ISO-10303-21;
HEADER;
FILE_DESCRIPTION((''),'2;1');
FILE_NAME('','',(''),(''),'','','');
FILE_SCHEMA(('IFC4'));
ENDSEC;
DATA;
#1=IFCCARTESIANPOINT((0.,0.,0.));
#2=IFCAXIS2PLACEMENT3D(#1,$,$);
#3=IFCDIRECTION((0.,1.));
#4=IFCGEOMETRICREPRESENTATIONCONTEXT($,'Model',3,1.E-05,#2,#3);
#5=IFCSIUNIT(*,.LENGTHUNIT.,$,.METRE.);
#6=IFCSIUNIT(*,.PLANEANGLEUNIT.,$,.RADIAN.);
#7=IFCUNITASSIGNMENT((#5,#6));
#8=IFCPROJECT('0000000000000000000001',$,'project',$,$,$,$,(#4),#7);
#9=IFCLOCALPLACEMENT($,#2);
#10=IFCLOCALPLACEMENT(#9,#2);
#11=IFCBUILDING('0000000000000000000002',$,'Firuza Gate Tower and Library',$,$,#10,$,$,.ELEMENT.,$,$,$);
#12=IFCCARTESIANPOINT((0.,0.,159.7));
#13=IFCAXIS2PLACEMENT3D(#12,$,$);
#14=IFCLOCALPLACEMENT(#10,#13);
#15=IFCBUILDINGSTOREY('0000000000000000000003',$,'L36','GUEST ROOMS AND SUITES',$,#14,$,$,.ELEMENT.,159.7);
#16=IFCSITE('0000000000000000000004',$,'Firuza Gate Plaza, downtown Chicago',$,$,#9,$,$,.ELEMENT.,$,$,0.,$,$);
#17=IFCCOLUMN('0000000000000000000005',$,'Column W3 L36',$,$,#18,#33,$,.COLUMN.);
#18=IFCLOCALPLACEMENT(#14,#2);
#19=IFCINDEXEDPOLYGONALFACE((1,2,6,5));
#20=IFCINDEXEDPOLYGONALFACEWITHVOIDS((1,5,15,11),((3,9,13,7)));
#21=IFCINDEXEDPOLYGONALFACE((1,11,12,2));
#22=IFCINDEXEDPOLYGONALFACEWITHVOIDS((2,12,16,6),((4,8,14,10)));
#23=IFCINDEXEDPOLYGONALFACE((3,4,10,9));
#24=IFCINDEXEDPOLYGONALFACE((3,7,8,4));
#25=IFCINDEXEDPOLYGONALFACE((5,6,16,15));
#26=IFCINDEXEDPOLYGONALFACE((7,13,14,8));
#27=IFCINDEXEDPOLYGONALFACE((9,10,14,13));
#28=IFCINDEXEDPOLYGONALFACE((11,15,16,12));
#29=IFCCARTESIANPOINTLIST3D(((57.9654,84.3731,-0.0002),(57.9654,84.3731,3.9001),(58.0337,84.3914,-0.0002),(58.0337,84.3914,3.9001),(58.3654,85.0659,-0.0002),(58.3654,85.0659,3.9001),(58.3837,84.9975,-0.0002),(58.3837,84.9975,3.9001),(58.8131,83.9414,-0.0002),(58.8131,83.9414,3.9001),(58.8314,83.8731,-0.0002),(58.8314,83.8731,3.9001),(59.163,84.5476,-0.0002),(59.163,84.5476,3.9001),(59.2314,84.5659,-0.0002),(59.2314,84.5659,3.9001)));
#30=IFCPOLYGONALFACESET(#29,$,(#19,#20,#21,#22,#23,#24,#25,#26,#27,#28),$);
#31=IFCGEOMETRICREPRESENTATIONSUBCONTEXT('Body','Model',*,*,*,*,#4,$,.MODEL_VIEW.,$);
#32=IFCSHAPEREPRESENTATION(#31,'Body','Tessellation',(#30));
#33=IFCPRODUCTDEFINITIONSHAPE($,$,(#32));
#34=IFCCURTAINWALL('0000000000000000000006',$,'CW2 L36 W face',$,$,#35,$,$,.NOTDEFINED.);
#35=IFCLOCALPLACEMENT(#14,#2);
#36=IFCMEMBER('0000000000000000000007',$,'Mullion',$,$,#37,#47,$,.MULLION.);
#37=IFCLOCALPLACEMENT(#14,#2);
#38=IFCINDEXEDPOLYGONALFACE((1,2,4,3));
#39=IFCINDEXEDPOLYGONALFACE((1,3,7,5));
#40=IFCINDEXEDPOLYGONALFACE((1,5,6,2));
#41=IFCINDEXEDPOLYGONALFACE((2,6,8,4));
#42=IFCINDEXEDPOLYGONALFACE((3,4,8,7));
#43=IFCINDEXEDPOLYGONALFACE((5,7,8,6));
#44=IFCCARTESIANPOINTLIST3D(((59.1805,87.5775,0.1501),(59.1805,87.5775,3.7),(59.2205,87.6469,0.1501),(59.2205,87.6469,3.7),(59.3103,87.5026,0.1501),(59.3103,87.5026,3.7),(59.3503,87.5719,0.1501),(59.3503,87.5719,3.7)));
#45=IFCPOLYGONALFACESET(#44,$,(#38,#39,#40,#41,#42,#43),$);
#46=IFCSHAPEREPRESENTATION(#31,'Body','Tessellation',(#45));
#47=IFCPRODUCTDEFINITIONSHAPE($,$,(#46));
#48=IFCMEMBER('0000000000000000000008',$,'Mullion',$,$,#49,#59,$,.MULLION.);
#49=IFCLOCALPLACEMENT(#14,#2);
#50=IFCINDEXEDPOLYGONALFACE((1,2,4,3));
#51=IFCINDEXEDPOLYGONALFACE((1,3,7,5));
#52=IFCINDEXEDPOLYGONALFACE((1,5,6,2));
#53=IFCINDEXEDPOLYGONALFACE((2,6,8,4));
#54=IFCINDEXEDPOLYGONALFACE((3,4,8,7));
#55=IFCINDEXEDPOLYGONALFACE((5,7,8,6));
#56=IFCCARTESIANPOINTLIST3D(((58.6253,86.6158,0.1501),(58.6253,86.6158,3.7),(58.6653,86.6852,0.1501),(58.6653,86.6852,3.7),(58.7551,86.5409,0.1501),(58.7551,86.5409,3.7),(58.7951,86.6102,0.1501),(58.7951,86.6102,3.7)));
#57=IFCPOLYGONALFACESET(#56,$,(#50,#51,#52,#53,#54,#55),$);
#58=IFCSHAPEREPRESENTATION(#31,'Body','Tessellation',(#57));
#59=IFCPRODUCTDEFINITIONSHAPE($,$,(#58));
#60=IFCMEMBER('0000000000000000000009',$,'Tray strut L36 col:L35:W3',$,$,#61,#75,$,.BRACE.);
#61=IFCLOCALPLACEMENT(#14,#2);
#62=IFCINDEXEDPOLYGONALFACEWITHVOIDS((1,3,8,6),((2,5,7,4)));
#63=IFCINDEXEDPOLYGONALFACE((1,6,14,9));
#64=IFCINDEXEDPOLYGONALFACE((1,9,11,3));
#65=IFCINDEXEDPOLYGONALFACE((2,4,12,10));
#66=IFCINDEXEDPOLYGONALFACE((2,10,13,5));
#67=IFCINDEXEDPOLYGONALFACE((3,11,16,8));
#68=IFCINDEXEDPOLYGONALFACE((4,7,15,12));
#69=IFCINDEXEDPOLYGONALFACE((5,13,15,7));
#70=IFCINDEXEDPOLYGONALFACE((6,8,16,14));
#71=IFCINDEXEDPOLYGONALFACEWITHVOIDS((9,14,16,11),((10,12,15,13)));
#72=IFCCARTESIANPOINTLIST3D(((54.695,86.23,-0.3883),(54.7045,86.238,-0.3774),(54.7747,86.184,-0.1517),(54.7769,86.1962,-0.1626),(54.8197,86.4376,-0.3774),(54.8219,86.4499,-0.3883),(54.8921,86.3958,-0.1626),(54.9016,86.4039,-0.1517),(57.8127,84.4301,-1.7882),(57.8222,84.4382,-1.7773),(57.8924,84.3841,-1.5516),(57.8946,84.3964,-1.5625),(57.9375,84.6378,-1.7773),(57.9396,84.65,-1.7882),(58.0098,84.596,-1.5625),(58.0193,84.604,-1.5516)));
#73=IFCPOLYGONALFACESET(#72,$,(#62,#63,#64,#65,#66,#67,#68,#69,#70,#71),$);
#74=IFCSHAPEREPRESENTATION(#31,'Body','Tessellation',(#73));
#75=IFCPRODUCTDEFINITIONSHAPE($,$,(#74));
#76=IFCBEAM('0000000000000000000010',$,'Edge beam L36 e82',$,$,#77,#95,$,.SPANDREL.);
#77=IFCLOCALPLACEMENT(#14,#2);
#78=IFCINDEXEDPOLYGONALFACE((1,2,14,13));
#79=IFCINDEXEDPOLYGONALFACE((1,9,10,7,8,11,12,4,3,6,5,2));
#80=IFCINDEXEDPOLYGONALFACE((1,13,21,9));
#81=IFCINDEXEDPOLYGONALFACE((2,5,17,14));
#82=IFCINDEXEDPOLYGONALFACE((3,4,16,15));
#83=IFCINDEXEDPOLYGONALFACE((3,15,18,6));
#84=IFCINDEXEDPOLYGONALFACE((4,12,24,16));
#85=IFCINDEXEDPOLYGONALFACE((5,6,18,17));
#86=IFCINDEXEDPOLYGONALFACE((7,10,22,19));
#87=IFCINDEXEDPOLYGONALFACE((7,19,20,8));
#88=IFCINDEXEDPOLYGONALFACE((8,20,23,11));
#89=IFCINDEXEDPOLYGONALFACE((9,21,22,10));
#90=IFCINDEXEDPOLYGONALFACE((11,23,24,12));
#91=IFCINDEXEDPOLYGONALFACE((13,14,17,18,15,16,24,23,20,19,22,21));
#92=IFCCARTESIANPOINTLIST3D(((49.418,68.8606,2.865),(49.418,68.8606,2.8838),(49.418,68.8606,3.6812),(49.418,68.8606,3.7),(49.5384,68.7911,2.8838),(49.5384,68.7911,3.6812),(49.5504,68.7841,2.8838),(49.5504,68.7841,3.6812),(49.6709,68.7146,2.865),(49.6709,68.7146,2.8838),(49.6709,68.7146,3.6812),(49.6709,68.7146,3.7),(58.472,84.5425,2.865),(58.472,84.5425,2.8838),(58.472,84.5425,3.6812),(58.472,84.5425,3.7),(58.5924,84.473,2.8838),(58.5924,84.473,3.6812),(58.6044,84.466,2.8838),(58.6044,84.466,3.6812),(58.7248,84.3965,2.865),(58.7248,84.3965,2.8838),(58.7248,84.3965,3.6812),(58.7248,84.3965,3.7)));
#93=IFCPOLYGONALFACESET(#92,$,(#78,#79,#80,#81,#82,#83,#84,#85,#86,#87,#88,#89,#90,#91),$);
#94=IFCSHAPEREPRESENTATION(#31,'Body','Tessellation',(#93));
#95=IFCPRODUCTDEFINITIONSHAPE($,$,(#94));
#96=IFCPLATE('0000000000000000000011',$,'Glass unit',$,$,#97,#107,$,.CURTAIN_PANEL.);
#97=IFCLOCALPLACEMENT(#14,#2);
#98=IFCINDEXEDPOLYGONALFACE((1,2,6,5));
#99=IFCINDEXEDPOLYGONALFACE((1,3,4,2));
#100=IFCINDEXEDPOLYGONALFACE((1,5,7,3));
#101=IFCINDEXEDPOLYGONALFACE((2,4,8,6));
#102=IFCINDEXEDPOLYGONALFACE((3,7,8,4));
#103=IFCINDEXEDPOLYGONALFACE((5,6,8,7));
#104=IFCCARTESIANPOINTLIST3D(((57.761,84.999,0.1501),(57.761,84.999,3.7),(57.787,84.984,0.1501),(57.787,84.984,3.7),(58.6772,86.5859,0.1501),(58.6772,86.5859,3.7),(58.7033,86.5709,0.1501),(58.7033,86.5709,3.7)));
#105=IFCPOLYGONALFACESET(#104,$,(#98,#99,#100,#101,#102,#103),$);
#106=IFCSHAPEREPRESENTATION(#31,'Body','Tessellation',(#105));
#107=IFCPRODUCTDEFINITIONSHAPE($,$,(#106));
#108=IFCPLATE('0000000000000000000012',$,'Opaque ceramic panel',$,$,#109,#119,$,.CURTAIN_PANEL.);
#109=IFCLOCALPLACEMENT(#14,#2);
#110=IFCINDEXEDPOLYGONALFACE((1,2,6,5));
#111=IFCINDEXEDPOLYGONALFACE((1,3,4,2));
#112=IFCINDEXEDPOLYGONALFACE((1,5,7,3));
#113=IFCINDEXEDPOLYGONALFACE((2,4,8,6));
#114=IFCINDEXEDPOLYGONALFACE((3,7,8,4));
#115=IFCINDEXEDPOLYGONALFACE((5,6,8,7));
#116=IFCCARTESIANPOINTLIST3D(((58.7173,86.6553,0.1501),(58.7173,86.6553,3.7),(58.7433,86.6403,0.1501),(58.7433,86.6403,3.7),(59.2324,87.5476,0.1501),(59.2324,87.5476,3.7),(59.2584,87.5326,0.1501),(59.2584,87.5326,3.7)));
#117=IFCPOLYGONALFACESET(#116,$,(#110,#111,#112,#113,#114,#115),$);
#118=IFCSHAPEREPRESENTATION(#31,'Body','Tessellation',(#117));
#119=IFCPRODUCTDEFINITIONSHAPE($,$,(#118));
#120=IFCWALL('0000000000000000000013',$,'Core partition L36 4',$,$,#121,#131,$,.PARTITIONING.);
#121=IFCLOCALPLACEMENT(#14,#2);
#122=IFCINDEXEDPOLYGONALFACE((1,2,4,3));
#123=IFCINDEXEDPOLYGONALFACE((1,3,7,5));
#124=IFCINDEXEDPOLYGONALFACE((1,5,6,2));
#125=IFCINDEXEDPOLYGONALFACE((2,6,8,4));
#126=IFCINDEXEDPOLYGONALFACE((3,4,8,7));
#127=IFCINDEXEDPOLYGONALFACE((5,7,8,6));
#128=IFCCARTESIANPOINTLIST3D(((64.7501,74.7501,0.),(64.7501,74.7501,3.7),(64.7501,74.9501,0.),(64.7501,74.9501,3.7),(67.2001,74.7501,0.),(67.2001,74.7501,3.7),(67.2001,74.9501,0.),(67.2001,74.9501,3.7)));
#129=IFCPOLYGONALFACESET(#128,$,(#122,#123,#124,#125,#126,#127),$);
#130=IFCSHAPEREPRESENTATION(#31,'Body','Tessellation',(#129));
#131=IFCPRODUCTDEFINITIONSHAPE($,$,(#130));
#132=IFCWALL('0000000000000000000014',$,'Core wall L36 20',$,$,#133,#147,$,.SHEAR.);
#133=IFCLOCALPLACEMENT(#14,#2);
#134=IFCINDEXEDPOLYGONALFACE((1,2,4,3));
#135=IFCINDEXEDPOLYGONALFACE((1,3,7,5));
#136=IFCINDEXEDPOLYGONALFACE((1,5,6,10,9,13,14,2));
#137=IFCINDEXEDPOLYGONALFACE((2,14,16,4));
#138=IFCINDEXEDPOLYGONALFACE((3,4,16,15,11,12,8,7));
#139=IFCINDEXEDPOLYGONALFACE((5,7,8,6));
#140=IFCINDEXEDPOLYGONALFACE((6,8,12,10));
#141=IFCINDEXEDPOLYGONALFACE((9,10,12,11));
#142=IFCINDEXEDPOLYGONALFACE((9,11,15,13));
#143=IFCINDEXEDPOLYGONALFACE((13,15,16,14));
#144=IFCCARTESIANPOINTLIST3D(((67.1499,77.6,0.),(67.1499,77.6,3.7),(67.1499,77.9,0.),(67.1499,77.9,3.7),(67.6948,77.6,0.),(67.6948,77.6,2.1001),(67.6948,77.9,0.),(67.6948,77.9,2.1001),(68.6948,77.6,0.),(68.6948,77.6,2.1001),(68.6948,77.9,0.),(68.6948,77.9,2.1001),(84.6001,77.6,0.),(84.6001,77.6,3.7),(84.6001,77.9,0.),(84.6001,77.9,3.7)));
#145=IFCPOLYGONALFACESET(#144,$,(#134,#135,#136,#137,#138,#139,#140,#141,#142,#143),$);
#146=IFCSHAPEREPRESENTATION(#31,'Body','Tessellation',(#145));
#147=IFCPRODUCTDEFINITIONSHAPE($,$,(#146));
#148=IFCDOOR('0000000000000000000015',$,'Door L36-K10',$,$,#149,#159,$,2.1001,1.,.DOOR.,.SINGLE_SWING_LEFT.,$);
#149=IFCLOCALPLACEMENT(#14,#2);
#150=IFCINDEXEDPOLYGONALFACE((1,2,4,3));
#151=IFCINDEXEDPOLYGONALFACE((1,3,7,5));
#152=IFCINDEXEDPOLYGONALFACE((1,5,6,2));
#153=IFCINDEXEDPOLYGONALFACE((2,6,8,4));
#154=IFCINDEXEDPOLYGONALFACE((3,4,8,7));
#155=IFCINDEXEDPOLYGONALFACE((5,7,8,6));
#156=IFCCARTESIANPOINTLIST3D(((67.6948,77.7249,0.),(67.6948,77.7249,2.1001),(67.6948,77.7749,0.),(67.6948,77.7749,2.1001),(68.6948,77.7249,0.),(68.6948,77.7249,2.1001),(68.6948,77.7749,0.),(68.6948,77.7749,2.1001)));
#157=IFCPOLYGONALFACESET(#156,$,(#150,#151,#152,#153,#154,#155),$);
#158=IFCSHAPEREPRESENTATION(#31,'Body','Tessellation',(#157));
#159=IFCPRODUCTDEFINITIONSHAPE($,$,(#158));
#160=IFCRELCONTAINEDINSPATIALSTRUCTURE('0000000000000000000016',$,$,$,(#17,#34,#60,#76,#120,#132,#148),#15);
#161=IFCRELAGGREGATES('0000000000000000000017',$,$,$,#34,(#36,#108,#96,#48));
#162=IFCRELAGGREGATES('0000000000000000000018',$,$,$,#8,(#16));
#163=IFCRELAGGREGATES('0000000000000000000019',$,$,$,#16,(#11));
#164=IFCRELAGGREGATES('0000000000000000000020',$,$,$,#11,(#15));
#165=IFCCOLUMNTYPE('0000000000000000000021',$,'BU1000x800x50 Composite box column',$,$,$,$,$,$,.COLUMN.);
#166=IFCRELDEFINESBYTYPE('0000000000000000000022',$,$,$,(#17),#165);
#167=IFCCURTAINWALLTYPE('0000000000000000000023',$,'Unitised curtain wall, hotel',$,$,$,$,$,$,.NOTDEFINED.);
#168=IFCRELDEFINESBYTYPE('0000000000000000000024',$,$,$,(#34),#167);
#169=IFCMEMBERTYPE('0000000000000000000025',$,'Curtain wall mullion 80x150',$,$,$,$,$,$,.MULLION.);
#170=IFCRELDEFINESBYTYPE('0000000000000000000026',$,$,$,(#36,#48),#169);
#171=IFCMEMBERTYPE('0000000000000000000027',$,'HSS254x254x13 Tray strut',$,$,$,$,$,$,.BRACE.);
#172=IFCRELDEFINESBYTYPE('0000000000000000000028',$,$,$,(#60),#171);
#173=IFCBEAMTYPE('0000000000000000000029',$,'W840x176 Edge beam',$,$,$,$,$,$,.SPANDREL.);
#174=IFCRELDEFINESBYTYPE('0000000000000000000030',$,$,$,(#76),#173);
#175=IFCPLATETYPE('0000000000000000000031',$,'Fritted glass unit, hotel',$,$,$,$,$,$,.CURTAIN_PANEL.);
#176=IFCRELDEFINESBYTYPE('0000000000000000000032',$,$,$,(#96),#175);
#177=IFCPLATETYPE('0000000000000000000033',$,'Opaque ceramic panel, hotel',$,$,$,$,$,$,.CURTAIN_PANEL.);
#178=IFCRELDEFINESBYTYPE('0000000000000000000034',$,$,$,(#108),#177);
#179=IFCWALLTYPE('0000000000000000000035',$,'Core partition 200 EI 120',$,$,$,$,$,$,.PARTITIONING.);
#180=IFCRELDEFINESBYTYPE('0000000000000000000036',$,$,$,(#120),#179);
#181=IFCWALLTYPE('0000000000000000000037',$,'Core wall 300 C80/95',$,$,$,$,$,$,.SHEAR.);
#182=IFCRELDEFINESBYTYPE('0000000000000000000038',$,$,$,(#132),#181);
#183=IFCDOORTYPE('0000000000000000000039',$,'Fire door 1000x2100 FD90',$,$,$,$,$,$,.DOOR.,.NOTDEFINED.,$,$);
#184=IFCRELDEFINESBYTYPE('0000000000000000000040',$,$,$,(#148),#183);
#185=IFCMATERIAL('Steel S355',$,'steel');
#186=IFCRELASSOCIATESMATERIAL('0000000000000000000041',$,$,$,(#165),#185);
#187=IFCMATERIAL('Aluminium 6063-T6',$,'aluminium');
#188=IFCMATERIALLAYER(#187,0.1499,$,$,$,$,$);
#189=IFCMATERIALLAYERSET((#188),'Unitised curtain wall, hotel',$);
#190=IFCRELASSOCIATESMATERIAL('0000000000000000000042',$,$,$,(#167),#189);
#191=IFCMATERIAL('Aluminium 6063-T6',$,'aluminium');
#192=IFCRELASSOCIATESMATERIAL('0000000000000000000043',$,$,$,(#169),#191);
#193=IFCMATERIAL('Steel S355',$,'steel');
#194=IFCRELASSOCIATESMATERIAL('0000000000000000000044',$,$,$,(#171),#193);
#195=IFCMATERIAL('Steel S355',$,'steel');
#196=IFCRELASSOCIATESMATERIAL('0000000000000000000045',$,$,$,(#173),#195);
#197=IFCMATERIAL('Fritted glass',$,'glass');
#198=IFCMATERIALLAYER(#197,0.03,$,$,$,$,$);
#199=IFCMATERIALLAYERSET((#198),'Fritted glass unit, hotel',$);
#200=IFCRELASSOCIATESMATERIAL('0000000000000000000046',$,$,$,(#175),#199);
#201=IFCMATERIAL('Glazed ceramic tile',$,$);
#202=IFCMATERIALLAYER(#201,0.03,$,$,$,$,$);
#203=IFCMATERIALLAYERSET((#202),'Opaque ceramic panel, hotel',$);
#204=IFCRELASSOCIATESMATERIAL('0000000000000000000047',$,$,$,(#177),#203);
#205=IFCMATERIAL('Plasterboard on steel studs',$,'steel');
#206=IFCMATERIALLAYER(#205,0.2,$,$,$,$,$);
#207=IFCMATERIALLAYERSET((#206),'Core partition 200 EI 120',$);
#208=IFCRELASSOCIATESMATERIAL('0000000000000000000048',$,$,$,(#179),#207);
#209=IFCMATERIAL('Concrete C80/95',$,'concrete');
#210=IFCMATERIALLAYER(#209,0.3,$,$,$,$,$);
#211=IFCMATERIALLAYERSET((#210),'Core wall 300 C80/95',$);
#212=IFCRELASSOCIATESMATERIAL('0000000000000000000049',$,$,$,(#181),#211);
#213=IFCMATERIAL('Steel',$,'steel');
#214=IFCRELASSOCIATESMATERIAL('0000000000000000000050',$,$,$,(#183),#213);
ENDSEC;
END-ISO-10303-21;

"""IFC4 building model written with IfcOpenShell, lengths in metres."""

from ifc_helpers import new_model, si_unit, direction, frame, frame_2d, origin, origin_2d, place, context, subcontext, project, spatial, polyline, rectangle, hollow_rectangle, i_section, outline, extrude, material, layer, layer_set, material_profile, profile_set, type_object, element, fill, aggregate, save


model = new_model("IFC4")

# Units and contexts
model_context = context("Model", 3, precision=1e-05, world=origin(), true_north=direction((0.0, 1.0)))
body_context = subcontext(model_context, "Body", "Model", "MODEL_VIEW")
ifc_project = project(units=[si_unit("LENGTHUNIT", "METRE"), si_unit("PLANEANGLEUNIT", "RADIAN")], contexts=[model_context])

# Site, building, storey
site_placement = place(None, origin())
site = spatial("IfcSite", under=ifc_project, at=site_placement, Name="Firuza Gate Plaza, downtown Chicago", CompositionType="ELEMENT", RefElevation=0.0)
building_placement = place(site_placement, origin())
building = spatial("IfcBuilding", under=site, at=building_placement, Name="Firuza Gate Tower and Library", CompositionType="ELEMENT")
storey_placement = place(building_placement, frame((0.0, 0.0, 159.7)))
storey = spatial("IfcBuildingStorey", under=building, at=storey_placement, Name="L36", Description="GUEST ROOMS AND SUITES", CompositionType="ELEMENT", Elevation=159.7)

# Column
ifc_material_1 = material(Name="Steel S355", Category="steel")
ifc_material_profile_1 = material_profile(ifc_material_1, hollow_rectangle(XDim=0.8, YDim=1.0, WallThickness=0.05, at=origin_2d()))
ifc_profile_set_1 = profile_set([ifc_material_profile_1], Name="Steel S355")
column_type = type_object("IfcColumnType", Name="BU1000x800x50 Composite box column", PredefinedType="COLUMN", material=ifc_profile_set_1)
column_placement = place(storey_placement, frame((58.5984, 84.4695, -0.0002), z_axis=(0.0, 0.0, 1.0), x_axis=(-0.5, -0.866025, 0.0)))
element("IfcColumn", 1, at=column_placement, inside=storey, type_object=column_type, Name="Column W3 L36", PredefinedType="COLUMN", context=body_context, shape_type="SweptSolid", body=[
    extrude(hollow_rectangle(XDim=0.8, YDim=1.0, WallThickness=0.05, at=origin_2d()), origin(), (0.0, 0.0, 1.0), 3.9004),
])

# Curtain wall, members
ifc_material_2 = material(Name="Aluminium 6063-T6", Category="aluminium")
ifc_layer_1 = layer(ifc_material_2, 0.1499)
ifc_layer_set_1 = layer_set([ifc_layer_1], Name="Unitised curtain wall, hotel")
curtain_wall_type = type_object("IfcCurtainWallType", Name="Unitised curtain wall, hotel", PredefinedType="NOTDEFINED", material=ifc_layer_set_1)
curtain_wall_placement = place(storey_placement, origin())
curtain_wall = element("IfcCurtainWall", 2, at=curtain_wall_placement, inside=storey, type_object=curtain_wall_type, Name="CW2 L36 W face", PredefinedType="NOTDEFINED")
ifc_material_3 = material(Name="Aluminium 6063-T6", Category="aluminium")
ifc_material_profile_2 = material_profile(ifc_material_3, rectangle(XDim=0.1499, YDim=0.0801, at=origin_2d()))
ifc_profile_set_2 = profile_set([ifc_material_profile_2], Name="Aluminium 6063-T6")
member_type_1 = type_object("IfcMemberType", Name="Curtain wall mullion 80x150", PredefinedType="MULLION", material=ifc_profile_set_2)
member_1_placement = place(storey_placement, frame((59.2654, 87.5747, 0.1501), z_axis=(0.0, 0.0, 1.0), x_axis=(0.866025, -0.5, 0.0)))
member_1 = element("IfcMember", 3, at=member_1_placement, type_object=member_type_1, Name="Mullion", PredefinedType="MULLION", context=body_context, shape_type="SweptSolid", body=[
    extrude(rectangle(XDim=0.1499, YDim=0.0801, at=origin_2d()), origin(), (0.0, 0.0, 1.0), 3.5498),
])
member_2_placement = place(storey_placement, frame((58.7102, 86.613, 0.1501), z_axis=(0.0, 0.0, 1.0), x_axis=(0.866025, -0.5, 0.0)))
member_2 = element("IfcMember", 4, at=member_2_placement, type_object=member_type_1, Name="Mullion", PredefinedType="MULLION", context=body_context, shape_type="SweptSolid", body=[
    extrude(rectangle(XDim=0.1499, YDim=0.0801, at=origin_2d()), origin(), (0.0, 0.0, 1.0), 3.5498),
])

# Member
ifc_material_4 = material(Name="Steel S355", Category="steel")
ifc_material_profile_3 = material_profile(ifc_material_4, hollow_rectangle(XDim=0.2539, YDim=0.2539, WallThickness=0.0117, at=origin_2d()))
ifc_profile_set_3 = profile_set([ifc_material_profile_3], Name="Steel S355")
member_type_2 = type_object("IfcMemberType", Name="HSS254x254x13 Tray strut", PredefinedType="BRACE", material=ifc_profile_set_3)
member_3_placement = place(storey_placement, frame((57.916, 84.5171, -1.6699), z_axis=(-0.807165, 0.465969, 0.362434), x_axis=(-0.499961, -0.866048, 0.0)))
element("IfcMember", 5, at=member_3_placement, inside=storey, type_object=member_type_2, Name="Tray strut L36 col:L35:W3", PredefinedType="BRACE", context=body_context, shape_type="SweptSolid", body=[
    extrude(hollow_rectangle(XDim=0.2539, YDim=0.2539, WallThickness=0.0117, at=origin_2d()), origin(), (0.0, 0.0, 1.0), 3.8625),
])

# Beam
ifc_material_5 = material(Name="Steel S355", Category="steel")
ifc_material_profile_4 = material_profile(ifc_material_5, i_section(OverallWidth=0.292, OverallDepth=0.835, WebThickness=0.0139, FlangeThickness=0.0188, at=origin_2d()))
ifc_profile_set_4 = profile_set([ifc_material_profile_4], Name="Steel S355")
beam_type = type_object("IfcBeamType", Name="W840x176 Edge beam", PredefinedType="SPANDREL", material=ifc_profile_set_4)
beam_placement = place(storey_placement, frame((58.5984, 84.4695, 3.2825), z_axis=(-0.500001, -0.866025, 0.0), x_axis=(0.866025, -0.500001, 0.0)))
element("IfcBeam", 6, at=beam_placement, inside=storey, type_object=beam_type, Name="Edge beam L36 e82", PredefinedType="SPANDREL", context=body_context, shape_type="SweptSolid", body=[
    extrude(i_section(OverallWidth=0.292, OverallDepth=0.835, WebThickness=0.0139, FlangeThickness=0.0188, at=origin_2d()), origin(), (0.0, 0.0, 1.0), 18.1079),
])

# Plates
ifc_material_6 = material(Name="Fritted glass", Category="glass")
ifc_layer_2 = layer(ifc_material_6, 0.03)
ifc_layer_set_2 = layer_set([ifc_layer_2], Name="Fritted glass unit, hotel")
plate_type_1 = type_object("IfcPlateType", Name="Fritted glass unit, hotel", PredefinedType="CURTAIN_PANEL", material=ifc_layer_set_2)
plate_1_placement = place(storey_placement, frame((58.6772, 86.5859, 0.1501), z_axis=(-0.866013, 0.500022, 0.0), x_axis=(-0.500022, -0.866013, 0.0)))
plate_1 = element("IfcPlate", 7, at=plate_1_placement, type_object=plate_type_1, Name="Glass unit", PredefinedType="CURTAIN_PANEL", context=body_context, shape_type="SweptSolid", body=[
    extrude(outline(polyline([(0.0, 0.0), (1.8324, 0.0), (1.8324, 3.5498), (0.0, 3.5498), (0.0, 0.0)])), origin(), (0.0, 0.0, -1.0), 0.03),
])
ifc_material_7 = material(Name="Glazed ceramic tile")
ifc_layer_3 = layer(ifc_material_7, 0.03)
ifc_layer_set_3 = layer_set([ifc_layer_3], Name="Opaque ceramic panel, hotel")
plate_type_2 = type_object("IfcPlateType", Name="Opaque ceramic panel, hotel", PredefinedType="CURTAIN_PANEL", material=ifc_layer_set_3)
plate_2_placement = place(storey_placement, frame((59.2324, 87.5476, 0.1501), z_axis=(-0.866047, 0.499962, 0.0), x_axis=(-0.499962, -0.866047, 0.0)))
plate_2 = element("IfcPlate", 8, at=plate_2_placement, type_object=plate_type_2, Name="Opaque ceramic panel", PredefinedType="CURTAIN_PANEL", context=body_context, shape_type="SweptSolid", body=[
    extrude(outline(polyline([(0.0, 0.0), (1.0304, 0.0), (1.0304, 3.5498), (0.0, 3.5498), (0.0, 0.0)])), origin(), (0.0, 0.0, -1.0), 0.03),
])
aggregate(curtain_wall, [member_1, plate_2, plate_1, member_2])

# Wall
ifc_material_8 = material(Name="Plasterboard on steel studs", Category="steel")
ifc_layer_4 = layer(ifc_material_8, 0.2)
ifc_layer_set_4 = layer_set([ifc_layer_4], Name="Core partition 200 EI 120")
wall_type_1 = type_object("IfcWallType", Name="Core partition 200 EI 120", PredefinedType="PARTITIONING", material=ifc_layer_set_4)
wall_1_placement = place(storey_placement, frame((64.75, 74.8501, 0.0), z_axis=(0.0, 0.0, 1.0), x_axis=(1.0, 0.0, 0.0)))
element("IfcWall", 9, at=wall_1_placement, inside=storey, type_object=wall_type_1, Name="Core partition L36 4", PredefinedType="PARTITIONING", context=body_context, shape_type="SweptSolid", body=[
    extrude(rectangle(XDim=2.45, YDim=0.2, at=frame_2d((1.2251, 0.0))), origin(), (0.0, 0.0, 1.0), 3.7),
])

# Wall, opening, door
ifc_material_9 = material(Name="Concrete C80/95", Category="concrete")
ifc_layer_5 = layer(ifc_material_9, 0.3)
ifc_layer_set_5 = layer_set([ifc_layer_5], Name="Core wall 300 C80/95")
wall_type_2 = type_object("IfcWallType", Name="Core wall 300 C80/95", PredefinedType="SHEAR", material=ifc_layer_set_5)
wall_2_placement = place(storey_placement, frame((67.1499, 77.75, 0.0), z_axis=(0.0, 0.0, 1.0), x_axis=(1.0, 0.0, 0.0)))
wall_2 = element("IfcWall", 10, at=wall_2_placement, inside=storey, type_object=wall_type_2, Name="Core wall L36 20", PredefinedType="SHEAR", context=body_context, shape_type="SweptSolid", body=[
    extrude(rectangle(XDim=17.4502, YDim=0.3, at=frame_2d((8.7251, 0.0))), origin(), (0.0, 0.0, 1.0), 3.7),
])
opening_1_placement = place(wall_2_placement, frame((0.5449, 0.0, 0.0)))
opening_1 = element("IfcOpeningElement", 11, at=opening_1_placement, cuts=wall_2, PredefinedType="OPENING", context=body_context, shape_type="SweptSolid", body=[
    extrude(rectangle(XDim=1.0, YDim=2.1001, at=frame_2d((0.5, 1.05))), frame((0.0, 0.1602, 0.0), z_axis=(0.0, -1.0, 0.0), x_axis=(1.0, 0.0, 0.0)), (0.0, 0.0, 1.0), 0.3201),
])
ifc_material_10 = material(Name="Steel", Category="steel")
door_type_1 = type_object("IfcDoorType", Name="Fire door 1000x2100 FD90", OperationType="NOTDEFINED", PredefinedType="DOOR", material=ifc_material_10)
door_1_placement = place(opening_1_placement, origin())
door_1 = element("IfcDoor", 12, at=door_1_placement, inside=storey, type_object=door_type_1, Name="Door L36-K10", OperationType="SINGLE_SWING_LEFT", OverallHeight=2.1001, OverallWidth=1.0, PredefinedType="DOOR", context=body_context, shape_type="SweptSolid", body=[
    extrude(rectangle(XDim=1.0, YDim=2.1001, at=frame_2d((0.5, 1.05))), frame((0.0, 0.0249, 0.0), z_axis=(0.0, -1.0, 0.0), x_axis=(1.0, 0.0, 0.0)), (0.0, 0.0, 1.0), 0.05),
])
fill(opening_1, door_1)

save(model, "model.ifc")
